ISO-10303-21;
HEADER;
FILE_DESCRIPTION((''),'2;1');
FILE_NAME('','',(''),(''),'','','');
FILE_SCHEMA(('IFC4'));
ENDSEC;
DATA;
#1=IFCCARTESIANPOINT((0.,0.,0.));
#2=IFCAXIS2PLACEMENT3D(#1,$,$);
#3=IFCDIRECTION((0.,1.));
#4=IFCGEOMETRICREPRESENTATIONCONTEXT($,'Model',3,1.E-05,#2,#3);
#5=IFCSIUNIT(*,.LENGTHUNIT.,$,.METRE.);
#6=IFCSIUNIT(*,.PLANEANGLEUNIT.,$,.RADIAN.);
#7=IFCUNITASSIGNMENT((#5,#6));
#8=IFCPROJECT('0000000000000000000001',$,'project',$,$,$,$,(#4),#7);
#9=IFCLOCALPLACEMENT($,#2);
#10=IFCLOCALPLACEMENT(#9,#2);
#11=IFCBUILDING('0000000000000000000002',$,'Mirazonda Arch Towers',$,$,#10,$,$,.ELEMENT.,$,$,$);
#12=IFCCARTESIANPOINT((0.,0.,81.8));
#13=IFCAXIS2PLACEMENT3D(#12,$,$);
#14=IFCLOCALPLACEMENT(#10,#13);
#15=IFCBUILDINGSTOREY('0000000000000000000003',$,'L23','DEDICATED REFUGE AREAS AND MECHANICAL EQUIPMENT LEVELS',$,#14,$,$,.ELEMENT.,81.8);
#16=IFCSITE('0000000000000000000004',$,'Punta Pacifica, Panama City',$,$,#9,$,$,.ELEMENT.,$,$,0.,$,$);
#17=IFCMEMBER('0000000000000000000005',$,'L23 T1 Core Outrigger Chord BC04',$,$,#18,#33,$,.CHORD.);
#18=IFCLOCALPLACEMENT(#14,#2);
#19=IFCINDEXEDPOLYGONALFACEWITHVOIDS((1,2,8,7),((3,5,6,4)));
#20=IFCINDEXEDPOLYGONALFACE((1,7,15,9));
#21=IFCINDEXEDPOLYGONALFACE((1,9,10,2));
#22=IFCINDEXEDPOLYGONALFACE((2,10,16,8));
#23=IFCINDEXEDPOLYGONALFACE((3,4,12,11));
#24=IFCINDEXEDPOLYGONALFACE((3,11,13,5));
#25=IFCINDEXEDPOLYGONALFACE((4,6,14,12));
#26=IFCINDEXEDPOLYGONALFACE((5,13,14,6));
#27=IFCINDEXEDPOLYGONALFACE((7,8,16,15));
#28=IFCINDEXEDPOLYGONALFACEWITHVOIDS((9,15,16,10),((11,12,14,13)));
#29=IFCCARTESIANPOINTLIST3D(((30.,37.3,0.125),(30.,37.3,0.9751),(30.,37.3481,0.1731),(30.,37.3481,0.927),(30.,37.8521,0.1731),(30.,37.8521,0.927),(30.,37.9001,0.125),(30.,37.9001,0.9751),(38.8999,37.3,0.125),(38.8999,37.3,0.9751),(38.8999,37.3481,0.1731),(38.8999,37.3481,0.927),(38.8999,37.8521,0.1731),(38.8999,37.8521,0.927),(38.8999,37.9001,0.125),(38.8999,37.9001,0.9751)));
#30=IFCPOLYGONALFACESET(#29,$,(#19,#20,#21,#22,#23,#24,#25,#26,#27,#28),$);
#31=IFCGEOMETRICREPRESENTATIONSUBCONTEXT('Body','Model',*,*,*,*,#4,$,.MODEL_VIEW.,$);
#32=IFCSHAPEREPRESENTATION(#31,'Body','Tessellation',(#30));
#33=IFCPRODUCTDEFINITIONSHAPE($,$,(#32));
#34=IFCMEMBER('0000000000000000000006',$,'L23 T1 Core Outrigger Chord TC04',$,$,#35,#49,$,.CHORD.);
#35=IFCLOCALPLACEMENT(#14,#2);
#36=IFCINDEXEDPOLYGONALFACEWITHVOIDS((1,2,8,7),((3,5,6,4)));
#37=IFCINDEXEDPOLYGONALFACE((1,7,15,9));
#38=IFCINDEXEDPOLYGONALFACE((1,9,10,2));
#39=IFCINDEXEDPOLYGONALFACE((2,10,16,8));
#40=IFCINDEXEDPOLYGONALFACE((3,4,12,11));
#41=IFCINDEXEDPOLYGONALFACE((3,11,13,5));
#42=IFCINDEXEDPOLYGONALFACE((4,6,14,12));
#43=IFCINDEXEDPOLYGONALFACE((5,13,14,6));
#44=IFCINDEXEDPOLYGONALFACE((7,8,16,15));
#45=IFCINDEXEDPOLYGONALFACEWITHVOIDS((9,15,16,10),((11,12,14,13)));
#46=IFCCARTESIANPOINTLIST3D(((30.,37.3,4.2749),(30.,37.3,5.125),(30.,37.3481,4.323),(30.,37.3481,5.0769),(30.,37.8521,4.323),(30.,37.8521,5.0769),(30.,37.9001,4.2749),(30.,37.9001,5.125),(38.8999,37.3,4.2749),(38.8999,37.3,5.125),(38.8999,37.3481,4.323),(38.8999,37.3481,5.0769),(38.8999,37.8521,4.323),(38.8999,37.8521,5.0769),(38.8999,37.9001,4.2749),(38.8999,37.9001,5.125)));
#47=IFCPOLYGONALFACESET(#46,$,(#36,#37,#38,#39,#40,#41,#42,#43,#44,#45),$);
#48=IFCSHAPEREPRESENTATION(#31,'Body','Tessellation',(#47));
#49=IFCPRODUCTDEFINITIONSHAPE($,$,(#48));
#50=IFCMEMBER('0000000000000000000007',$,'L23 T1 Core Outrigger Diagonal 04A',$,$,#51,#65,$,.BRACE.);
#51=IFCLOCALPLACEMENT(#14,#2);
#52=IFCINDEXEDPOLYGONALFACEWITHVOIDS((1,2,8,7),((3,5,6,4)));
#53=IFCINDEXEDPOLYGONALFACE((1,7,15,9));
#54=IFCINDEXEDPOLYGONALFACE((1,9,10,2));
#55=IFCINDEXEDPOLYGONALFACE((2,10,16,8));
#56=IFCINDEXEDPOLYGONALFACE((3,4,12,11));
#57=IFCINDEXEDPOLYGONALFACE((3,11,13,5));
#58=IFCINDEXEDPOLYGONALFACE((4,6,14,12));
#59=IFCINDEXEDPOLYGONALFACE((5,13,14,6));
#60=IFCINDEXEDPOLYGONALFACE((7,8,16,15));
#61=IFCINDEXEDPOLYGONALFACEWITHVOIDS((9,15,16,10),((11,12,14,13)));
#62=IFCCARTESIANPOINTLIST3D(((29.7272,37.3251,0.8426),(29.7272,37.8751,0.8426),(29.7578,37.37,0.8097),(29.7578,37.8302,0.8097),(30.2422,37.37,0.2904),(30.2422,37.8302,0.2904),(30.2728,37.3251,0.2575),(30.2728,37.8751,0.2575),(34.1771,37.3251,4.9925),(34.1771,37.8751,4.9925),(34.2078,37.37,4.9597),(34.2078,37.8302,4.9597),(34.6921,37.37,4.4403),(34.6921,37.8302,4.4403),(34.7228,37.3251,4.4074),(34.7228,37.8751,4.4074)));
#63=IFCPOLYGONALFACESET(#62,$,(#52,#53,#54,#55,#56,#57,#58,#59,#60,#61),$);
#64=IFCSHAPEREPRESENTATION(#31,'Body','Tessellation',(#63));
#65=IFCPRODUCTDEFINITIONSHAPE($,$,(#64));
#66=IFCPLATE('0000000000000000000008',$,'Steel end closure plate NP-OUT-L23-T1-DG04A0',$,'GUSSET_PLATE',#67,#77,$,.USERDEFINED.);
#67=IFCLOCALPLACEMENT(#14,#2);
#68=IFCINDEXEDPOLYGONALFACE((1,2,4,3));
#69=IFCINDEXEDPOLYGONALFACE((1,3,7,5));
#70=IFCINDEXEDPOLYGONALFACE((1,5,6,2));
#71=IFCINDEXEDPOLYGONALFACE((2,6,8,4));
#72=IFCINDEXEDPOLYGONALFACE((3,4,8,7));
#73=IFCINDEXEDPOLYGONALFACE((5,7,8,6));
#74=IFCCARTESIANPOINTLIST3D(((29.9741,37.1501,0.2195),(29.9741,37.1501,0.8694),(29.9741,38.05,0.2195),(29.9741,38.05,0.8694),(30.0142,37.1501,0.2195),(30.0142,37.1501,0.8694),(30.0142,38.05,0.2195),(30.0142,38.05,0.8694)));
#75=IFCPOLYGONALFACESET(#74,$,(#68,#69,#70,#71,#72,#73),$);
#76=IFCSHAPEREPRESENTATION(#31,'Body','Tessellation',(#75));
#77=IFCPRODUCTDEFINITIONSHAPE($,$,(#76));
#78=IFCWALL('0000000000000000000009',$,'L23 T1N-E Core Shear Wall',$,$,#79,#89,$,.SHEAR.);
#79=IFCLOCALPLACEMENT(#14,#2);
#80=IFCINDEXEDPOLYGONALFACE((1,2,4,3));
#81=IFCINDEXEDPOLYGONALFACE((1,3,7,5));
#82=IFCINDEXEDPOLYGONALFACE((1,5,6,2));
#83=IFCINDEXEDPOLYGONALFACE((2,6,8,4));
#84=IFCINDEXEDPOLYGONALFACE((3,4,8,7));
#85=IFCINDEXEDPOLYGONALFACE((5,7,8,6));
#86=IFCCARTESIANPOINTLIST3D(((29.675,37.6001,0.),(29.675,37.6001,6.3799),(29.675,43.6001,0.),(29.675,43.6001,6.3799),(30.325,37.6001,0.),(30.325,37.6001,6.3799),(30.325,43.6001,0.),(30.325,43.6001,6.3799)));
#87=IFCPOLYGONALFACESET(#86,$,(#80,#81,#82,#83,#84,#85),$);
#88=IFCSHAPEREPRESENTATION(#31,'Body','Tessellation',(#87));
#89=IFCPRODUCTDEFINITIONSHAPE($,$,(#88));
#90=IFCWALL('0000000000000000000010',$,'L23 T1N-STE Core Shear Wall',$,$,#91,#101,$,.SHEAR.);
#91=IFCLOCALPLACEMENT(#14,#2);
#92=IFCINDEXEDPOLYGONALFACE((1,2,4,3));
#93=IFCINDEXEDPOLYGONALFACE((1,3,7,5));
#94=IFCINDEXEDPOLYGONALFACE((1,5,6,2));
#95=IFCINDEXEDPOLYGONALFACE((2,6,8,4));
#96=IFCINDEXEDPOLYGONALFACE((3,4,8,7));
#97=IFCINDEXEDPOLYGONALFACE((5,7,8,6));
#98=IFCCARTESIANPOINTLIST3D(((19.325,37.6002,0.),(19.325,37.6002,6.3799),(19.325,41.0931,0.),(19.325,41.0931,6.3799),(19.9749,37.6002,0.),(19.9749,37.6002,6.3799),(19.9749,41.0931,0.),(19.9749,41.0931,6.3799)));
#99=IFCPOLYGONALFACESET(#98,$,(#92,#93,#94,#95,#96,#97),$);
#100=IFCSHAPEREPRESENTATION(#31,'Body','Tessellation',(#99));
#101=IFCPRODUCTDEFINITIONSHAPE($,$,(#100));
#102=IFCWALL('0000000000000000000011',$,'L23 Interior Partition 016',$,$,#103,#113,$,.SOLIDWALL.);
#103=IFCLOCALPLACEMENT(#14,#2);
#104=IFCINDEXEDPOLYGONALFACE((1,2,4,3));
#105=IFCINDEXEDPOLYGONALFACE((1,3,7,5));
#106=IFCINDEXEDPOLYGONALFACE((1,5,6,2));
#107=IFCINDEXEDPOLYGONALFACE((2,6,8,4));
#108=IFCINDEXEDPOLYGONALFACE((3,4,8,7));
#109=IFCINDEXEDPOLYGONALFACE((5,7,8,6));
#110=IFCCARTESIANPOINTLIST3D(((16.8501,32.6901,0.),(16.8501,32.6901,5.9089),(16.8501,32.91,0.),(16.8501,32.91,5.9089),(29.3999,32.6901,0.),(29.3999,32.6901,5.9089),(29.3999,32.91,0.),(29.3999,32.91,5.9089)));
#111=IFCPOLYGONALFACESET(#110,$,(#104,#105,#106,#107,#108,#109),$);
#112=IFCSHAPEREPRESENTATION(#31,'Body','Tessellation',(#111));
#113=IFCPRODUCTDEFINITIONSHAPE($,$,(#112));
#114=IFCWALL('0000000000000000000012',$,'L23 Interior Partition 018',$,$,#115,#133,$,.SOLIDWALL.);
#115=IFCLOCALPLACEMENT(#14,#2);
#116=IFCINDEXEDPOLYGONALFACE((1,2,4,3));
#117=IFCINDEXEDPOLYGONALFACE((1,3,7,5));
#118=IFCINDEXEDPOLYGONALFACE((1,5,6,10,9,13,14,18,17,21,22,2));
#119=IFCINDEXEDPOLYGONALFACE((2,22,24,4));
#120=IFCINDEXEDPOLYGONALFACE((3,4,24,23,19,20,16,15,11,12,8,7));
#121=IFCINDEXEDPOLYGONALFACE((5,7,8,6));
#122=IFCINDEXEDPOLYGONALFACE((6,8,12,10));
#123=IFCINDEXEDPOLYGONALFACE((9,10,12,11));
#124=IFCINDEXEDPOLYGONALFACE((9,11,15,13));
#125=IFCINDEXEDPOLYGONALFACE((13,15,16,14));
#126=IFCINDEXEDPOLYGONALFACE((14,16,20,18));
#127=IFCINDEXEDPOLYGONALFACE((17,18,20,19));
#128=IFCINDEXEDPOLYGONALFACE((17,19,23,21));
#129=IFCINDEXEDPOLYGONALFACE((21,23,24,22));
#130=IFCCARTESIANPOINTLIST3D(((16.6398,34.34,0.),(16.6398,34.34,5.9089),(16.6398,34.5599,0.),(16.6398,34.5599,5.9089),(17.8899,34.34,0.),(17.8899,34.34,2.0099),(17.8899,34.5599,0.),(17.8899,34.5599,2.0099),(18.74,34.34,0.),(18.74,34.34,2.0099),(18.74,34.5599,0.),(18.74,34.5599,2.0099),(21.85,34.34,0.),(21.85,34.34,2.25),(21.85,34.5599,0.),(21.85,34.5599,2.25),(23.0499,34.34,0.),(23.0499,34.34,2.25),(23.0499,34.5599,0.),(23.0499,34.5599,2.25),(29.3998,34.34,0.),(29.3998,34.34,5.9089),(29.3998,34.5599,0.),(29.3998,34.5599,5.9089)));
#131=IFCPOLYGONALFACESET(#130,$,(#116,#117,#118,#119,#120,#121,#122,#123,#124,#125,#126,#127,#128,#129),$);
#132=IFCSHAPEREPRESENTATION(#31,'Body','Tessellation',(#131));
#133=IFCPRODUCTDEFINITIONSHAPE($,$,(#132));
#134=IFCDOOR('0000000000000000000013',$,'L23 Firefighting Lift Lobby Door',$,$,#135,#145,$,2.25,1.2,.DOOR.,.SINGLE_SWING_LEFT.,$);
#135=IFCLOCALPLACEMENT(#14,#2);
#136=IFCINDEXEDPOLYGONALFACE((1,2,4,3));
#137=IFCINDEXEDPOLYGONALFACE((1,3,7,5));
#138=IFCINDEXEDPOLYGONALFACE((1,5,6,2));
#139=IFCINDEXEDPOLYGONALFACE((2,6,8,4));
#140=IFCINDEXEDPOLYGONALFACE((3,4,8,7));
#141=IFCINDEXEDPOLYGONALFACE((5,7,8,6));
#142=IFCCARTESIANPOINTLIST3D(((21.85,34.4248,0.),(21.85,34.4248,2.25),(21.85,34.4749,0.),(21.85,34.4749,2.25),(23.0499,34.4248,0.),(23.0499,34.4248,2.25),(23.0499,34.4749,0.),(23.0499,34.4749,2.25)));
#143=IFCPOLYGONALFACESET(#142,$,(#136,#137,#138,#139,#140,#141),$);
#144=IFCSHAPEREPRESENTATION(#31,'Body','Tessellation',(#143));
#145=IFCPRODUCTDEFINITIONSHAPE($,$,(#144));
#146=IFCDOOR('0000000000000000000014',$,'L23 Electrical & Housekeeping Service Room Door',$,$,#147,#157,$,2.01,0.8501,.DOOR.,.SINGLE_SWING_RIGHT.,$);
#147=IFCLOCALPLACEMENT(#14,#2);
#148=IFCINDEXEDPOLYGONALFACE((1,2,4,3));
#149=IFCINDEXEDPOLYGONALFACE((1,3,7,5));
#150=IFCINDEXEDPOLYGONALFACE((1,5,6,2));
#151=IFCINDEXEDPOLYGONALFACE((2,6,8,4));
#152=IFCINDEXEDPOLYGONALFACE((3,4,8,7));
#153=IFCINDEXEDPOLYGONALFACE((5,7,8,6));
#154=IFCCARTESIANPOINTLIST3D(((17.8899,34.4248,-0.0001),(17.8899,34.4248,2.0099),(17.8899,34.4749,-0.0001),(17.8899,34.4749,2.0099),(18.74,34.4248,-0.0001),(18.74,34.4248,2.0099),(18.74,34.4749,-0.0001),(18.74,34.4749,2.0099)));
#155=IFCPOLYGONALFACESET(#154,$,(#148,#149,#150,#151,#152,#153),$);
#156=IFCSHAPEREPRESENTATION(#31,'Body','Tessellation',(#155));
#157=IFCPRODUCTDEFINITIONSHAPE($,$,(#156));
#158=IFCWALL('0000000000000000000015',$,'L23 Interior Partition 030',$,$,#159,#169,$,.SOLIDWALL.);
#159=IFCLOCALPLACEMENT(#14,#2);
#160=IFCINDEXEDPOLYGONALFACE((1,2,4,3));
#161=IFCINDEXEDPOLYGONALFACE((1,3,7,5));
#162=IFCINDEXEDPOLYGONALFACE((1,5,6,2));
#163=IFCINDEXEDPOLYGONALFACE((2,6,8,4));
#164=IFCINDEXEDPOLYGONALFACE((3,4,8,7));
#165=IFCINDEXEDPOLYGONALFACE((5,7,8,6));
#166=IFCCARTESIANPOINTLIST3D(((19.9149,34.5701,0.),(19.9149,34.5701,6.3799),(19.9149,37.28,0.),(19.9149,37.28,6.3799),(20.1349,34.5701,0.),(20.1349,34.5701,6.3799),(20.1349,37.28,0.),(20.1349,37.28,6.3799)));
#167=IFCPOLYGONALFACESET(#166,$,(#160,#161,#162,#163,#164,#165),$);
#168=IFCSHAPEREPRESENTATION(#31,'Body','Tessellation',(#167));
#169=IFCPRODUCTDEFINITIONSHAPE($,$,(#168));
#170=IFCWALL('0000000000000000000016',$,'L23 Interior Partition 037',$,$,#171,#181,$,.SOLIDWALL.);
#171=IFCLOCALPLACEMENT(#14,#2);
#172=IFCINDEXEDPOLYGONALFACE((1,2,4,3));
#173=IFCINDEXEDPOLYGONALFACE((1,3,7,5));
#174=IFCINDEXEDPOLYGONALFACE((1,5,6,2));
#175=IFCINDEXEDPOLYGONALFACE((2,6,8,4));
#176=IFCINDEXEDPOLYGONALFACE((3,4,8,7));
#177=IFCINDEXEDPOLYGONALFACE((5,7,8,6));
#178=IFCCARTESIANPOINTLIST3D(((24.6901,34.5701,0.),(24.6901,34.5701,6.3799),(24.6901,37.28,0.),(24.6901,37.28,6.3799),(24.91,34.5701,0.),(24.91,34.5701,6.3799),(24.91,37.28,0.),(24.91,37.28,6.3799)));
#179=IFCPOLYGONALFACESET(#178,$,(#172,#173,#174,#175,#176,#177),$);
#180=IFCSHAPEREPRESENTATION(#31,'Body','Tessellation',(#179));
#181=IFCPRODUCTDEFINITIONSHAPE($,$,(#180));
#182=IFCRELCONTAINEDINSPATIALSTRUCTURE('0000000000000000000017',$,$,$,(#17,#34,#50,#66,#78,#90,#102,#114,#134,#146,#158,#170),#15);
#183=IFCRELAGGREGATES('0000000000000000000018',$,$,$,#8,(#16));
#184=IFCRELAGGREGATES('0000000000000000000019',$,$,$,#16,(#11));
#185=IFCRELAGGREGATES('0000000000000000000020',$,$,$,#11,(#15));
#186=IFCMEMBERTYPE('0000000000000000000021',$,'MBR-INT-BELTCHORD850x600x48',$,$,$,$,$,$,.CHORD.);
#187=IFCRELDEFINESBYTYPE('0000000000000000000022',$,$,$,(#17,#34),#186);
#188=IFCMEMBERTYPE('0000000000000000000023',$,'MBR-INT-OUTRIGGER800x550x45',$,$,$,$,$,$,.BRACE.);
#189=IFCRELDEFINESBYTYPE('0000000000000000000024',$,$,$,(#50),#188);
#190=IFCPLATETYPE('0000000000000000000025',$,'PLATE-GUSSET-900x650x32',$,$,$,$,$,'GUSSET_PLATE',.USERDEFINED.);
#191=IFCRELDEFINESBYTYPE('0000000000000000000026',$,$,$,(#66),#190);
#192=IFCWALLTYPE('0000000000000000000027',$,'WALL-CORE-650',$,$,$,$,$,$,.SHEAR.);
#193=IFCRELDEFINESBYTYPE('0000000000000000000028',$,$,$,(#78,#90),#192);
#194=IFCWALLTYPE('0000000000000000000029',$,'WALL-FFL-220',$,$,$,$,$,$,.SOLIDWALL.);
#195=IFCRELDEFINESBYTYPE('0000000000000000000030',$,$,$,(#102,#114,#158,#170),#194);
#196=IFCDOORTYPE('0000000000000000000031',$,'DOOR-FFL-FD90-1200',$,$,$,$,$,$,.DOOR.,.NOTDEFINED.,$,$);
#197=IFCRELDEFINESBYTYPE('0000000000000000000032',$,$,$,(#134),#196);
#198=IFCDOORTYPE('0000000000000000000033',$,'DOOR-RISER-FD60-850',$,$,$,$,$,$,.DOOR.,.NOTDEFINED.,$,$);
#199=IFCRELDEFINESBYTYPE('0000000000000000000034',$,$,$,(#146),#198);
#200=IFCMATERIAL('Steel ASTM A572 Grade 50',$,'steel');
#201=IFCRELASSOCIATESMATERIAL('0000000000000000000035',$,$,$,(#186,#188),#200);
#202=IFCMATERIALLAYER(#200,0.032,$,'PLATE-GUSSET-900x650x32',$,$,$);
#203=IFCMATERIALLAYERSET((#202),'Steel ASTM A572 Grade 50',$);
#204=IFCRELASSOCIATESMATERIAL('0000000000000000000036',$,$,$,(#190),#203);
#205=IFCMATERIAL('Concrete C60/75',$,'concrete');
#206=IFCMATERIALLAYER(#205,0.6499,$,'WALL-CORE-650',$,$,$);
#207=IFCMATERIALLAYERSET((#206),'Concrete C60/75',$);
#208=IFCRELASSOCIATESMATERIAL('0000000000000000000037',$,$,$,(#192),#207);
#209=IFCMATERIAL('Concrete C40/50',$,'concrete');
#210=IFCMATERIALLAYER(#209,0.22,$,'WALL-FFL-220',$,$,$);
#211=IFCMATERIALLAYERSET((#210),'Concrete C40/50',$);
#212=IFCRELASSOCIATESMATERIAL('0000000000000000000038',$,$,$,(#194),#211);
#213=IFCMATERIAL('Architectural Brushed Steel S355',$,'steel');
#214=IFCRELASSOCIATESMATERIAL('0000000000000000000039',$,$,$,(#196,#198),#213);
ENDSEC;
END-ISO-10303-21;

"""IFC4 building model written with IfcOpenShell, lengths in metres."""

from ifc_helpers import new_model, si_unit, direction, frame, frame_2d, origin, origin_2d, place, context, subcontext, project, spatial, rectangle, hollow_rectangle, extrude, material, layer, layer_set, material_profile, profile_set, type_object, element, fill, save


model = new_model("IFC4")

# Units and contexts
model_context = context("Model", 3, precision=1e-05, world=origin(), true_north=direction((0.0, 1.0)))
body_context = subcontext(model_context, "Body", "Model", "MODEL_VIEW")
ifc_project = project(units=[si_unit("LENGTHUNIT", "METRE"), si_unit("PLANEANGLEUNIT", "RADIAN")], contexts=[model_context])

# Site, building, storey
site_placement = place(None, origin())
site = spatial("IfcSite", under=ifc_project, at=site_placement, Name="Punta Pacifica, Panama City", CompositionType="ELEMENT", RefElevation=0.0)
building_placement = place(site_placement, origin())
building = spatial("IfcBuilding", under=site, at=building_placement, Name="Mirazonda Arch Towers", CompositionType="ELEMENT")
storey_placement = place(building_placement, frame((0.0, 0.0, 81.8)))
storey = spatial("IfcBuildingStorey", under=building, at=storey_placement, Name="L23", Description="DEDICATED REFUGE AREAS AND MECHANICAL EQUIPMENT LEVELS", CompositionType="ELEMENT", Elevation=81.8)

# Shared definitions
ifc_material_1 = material(Name="Concrete C60/75", Category="concrete")

# Members
ifc_material_2 = material(Name="Steel ASTM A572 Grade 50", Category="steel")
ifc_material_profile_1 = material_profile(ifc_material_2, hollow_rectangle(XDim=0.6001, YDim=0.8501, WallThickness=0.0481, at=origin_2d()), Name="BELTCHORD850x600x48")
ifc_profile_set_1 = profile_set([ifc_material_profile_1], Name="Steel ASTM A572 Grade 50")
member_type_1 = type_object("IfcMemberType", Name="MBR-INT-BELTCHORD850x600x48", PredefinedType="CHORD", material=ifc_profile_set_1)
for number, where, z_axis, x_axis, name in (
    (1, (30.0, 37.6001, 0.55), (1.0, 0.0, 0.0), (0.0, 1.0, 0.0), "L23 T1 Core Outrigger Chord BC04"),
    (2, (30.0, 37.6001, 4.7), (1.0, 0.0, 0.0), (0.0, 1.0, 0.0), "L23 T1 Core Outrigger Chord TC04"),
):
    element("IfcMember", number, at=place(storey_placement, frame(where, z_axis=z_axis, x_axis=x_axis)), inside=storey, type_object=member_type_1, Name=name, PredefinedType="CHORD", context=body_context, shape_type="SweptSolid", body=[
        extrude(hollow_rectangle(XDim=0.6001, YDim=0.8501, WallThickness=0.0481, at=origin_2d()), origin(), (0.0, 0.0, 1.0), 8.8999),
    ])
ifc_material_profile_2 = material_profile(ifc_material_2, hollow_rectangle(XDim=0.55, YDim=0.8, WallThickness=0.0449, at=origin_2d()), Name="OUTRIGGER800x550x45")
ifc_profile_set_2 = profile_set([ifc_material_profile_2], Name="Steel ASTM A572 Grade 50")
member_type_2 = type_object("IfcMemberType", Name="MBR-INT-OUTRIGGER800x550x45", PredefinedType="BRACE", material=ifc_profile_set_2)
member_placement = place(storey_placement, frame((30.0, 37.6001, 0.55), z_axis=(0.731333, 0.0, 0.682021), x_axis=(0.0, 1.0, 0.0)))
element("IfcMember", 3, at=member_placement, inside=storey, type_object=member_type_2, Name="L23 T1 Core Outrigger Diagonal 04A", PredefinedType="BRACE", context=body_context, shape_type="SweptSolid", body=[
    extrude(hollow_rectangle(XDim=0.55, YDim=0.8, WallThickness=0.0449, at=origin_2d()), origin(), (0.0, 0.0, 1.0), 6.0847),
])

# Plate
ifc_layer_1 = layer(ifc_material_2, 0.032, Name="PLATE-GUSSET-900x650x32")
ifc_layer_set_1 = layer_set([ifc_layer_1], Name="Steel ASTM A572 Grade 50")
plate_type = type_object("IfcPlateType", Name="PLATE-GUSSET-900x650x32", ElementType="GUSSET_PLATE", PredefinedType="USERDEFINED", material=ifc_layer_set_1)
plate_placement = place(storey_placement, frame((29.9941, 37.6001, 0.2195), z_axis=(0.0, 0.0, 1.0), x_axis=(-1.0, 0.0, 0.0)))
element("IfcPlate", 4, at=plate_placement, inside=storey, type_object=plate_type, Name="Steel end closure plate NP-OUT-L23-T1-DG04A0", ObjectType="GUSSET_PLATE", PredefinedType="USERDEFINED", context=body_context, shape_type="SweptSolid", body=[
    extrude(rectangle(XDim=0.04, YDim=0.8999, at=origin_2d()), origin(), (0.0, 0.0, 1.0), 0.6499),
])

# Walls
ifc_layer_2 = layer(ifc_material_1, 0.6499, Name="WALL-CORE-650")
ifc_layer_set_2 = layer_set([ifc_layer_2], Name="Concrete C60/75")
wall_type_1 = type_object("IfcWallType", Name="WALL-CORE-650", PredefinedType="SHEAR", material=ifc_layer_set_2)
wall_1_placement = place(storey_placement, frame((30.0, 37.6001, 0.0), z_axis=(0.0, 0.0, 1.0), x_axis=(0.0, 1.0, 0.0)))
element("IfcWall", 5, at=wall_1_placement, inside=storey, type_object=wall_type_1, Name="L23 T1N-E Core Shear Wall", PredefinedType="SHEAR", context=body_context, shape_type="SweptSolid", body=[
    extrude(rectangle(XDim=6.0, YDim=0.6499, at=frame_2d((3.0, 0.0))), origin(), (0.0, 0.0, 1.0), 6.3799),
])
wall_2_placement = place(storey_placement, frame((19.6499, 37.6001, 0.0), z_axis=(0.0, 0.0, 1.0), x_axis=(0.0, 1.0, 0.0)))
element("IfcWall", 6, at=wall_2_placement, inside=storey, type_object=wall_type_1, Name="L23 T1N-STE Core Shear Wall", PredefinedType="SHEAR", context=body_context, shape_type="SweptSolid", body=[
    extrude(rectangle(XDim=3.4929, YDim=0.6499, at=frame_2d((1.7466, 0.0))), origin(), (0.0, 0.0, 1.0), 6.3799),
])
ifc_material_3 = material(Name="Concrete C40/50", Category="concrete")
ifc_layer_3 = layer(ifc_material_3, 0.22, Name="WALL-FFL-220")
ifc_layer_set_3 = layer_set([ifc_layer_3], Name="Concrete C40/50")
wall_type_2 = type_object("IfcWallType", Name="WALL-FFL-220", PredefinedType="SOLIDWALL", material=ifc_layer_set_3)
wall_3_placement = place(storey_placement, frame((16.8501, 32.8, 0.0), z_axis=(0.0, 0.0, 1.0), x_axis=(1.0, 0.0, 0.0)))
element("IfcWall", 7, at=wall_3_placement, inside=storey, type_object=wall_type_2, Name="L23 Interior Partition 016", PredefinedType="SOLIDWALL", context=body_context, shape_type="SweptSolid", body=[
    extrude(rectangle(XDim=12.5498, YDim=0.22, at=frame_2d((6.2749, 0.0))), origin(), (0.0, 0.0, 1.0), 5.9089),
])

# Wall, openings, doors
wall_4_placement = place(storey_placement, frame((16.6399, 34.45, 0.0), z_axis=(0.0, 0.0, 1.0), x_axis=(1.0, 0.0, 0.0)))
wall_4 = element("IfcWall", 8, at=wall_4_placement, inside=storey, type_object=wall_type_2, Name="L23 Interior Partition 018", PredefinedType="SOLIDWALL", context=body_context, shape_type="SweptSolid", body=[
    extrude(rectangle(XDim=12.76, YDim=0.22, at=frame_2d((6.3799, 0.0))), origin(), (0.0, 0.0, 1.0), 5.9089),
])
opening_1_placement = place(wall_4_placement, frame((5.21, 0.0, 0.0)))
opening_1 = element("IfcOpeningElement", 9, at=opening_1_placement, cuts=wall_4, PredefinedType="OPENING", context=body_context, shape_type="SweptSolid", body=[
    extrude(rectangle(XDim=1.2, YDim=2.25, at=frame_2d((0.6001, 1.125))), frame((0.0, 0.1199, 0.0), z_axis=(0.0, -1.0, 0.0), x_axis=(1.0, 0.0, 0.0)), (0.0, 0.0, 1.0), 0.24),
])
opening_2_placement = place(wall_4_placement, frame((1.25, 0.0, 0.0)))
opening_2 = element("IfcOpeningElement", 10, at=opening_2_placement, cuts=wall_4, PredefinedType="OPENING", context=body_context, shape_type="SweptSolid", body=[
    extrude(rectangle(XDim=0.8501, YDim=2.01, at=frame_2d((0.425, 1.0049))), frame((0.0, 0.1199, 0.0), z_axis=(0.0, -1.0, 0.0), x_axis=(1.0, 0.0, 0.0)), (0.0, 0.0, 1.0), 0.24),
])
ifc_material_4 = material(Name="Architectural Brushed Steel S355", Category="steel")
door_type_1 = type_object("IfcDoorType", Name="DOOR-FFL-FD90-1200", OperationType="NOTDEFINED", PredefinedType="DOOR", material=ifc_material_4)
door_1_placement = place(opening_1_placement, origin())
door_1 = element("IfcDoor", 11, at=door_1_placement, inside=storey, type_object=door_type_1, Name="L23 Firefighting Lift Lobby Door", OperationType="SINGLE_SWING_LEFT", OverallHeight=2.25, OverallWidth=1.2, PredefinedType="DOOR", context=body_context, shape_type="SweptSolid", body=[
    extrude(rectangle(XDim=1.2, YDim=2.25, at=frame_2d((0.6001, 1.125))), frame((0.0, 0.0249, 0.0), z_axis=(0.0, -1.0, 0.0), x_axis=(1.0, 0.0, 0.0)), (0.0, 0.0, 1.0), 0.05),
])
fill(opening_1, door_1)
door_type_2 = type_object("IfcDoorType", Name="DOOR-RISER-FD60-850", OperationType="NOTDEFINED", PredefinedType="DOOR", material=ifc_material_4)
door_2_placement = place(opening_2_placement, origin())
door_2 = element("IfcDoor", 12, at=door_2_placement, inside=storey, type_object=door_type_2, Name="L23 Electrical & Housekeeping Service Room Door", OperationType="SINGLE_SWING_RIGHT", OverallHeight=2.01, OverallWidth=0.8501, PredefinedType="DOOR", context=body_context, shape_type="SweptSolid", body=[
    extrude(rectangle(XDim=0.8501, YDim=2.01, at=frame_2d((0.425, 1.0049))), frame((0.0, 0.0249, 0.0), z_axis=(0.0, -1.0, 0.0), x_axis=(1.0, 0.0, 0.0)), (0.0, 0.0, 1.0), 0.05),
])
fill(opening_2, door_2)

# Walls
for number, where, z_axis, x_axis, name in (
    (13, (20.0249, 34.5701, 0.0), (0.0, 0.0, 1.0), (0.0, 1.0, 0.0), "L23 Interior Partition 030"),
    (14, (24.8, 34.5701, 0.0), (0.0, 0.0, 1.0), (0.0, 1.0, 0.0), "L23 Interior Partition 037"),
):
    element("IfcWall", number, at=place(storey_placement, frame(where, z_axis=z_axis, x_axis=x_axis)), inside=storey, type_object=wall_type_2, Name=name, PredefinedType="SOLIDWALL", context=body_context, shape_type="SweptSolid", body=[
        extrude(rectangle(XDim=2.71, YDim=0.22, at=frame_2d((1.355, 0.0))), origin(), (0.0, 0.0, 1.0), 6.3799),
    ])

save(model, "model.ifc")
